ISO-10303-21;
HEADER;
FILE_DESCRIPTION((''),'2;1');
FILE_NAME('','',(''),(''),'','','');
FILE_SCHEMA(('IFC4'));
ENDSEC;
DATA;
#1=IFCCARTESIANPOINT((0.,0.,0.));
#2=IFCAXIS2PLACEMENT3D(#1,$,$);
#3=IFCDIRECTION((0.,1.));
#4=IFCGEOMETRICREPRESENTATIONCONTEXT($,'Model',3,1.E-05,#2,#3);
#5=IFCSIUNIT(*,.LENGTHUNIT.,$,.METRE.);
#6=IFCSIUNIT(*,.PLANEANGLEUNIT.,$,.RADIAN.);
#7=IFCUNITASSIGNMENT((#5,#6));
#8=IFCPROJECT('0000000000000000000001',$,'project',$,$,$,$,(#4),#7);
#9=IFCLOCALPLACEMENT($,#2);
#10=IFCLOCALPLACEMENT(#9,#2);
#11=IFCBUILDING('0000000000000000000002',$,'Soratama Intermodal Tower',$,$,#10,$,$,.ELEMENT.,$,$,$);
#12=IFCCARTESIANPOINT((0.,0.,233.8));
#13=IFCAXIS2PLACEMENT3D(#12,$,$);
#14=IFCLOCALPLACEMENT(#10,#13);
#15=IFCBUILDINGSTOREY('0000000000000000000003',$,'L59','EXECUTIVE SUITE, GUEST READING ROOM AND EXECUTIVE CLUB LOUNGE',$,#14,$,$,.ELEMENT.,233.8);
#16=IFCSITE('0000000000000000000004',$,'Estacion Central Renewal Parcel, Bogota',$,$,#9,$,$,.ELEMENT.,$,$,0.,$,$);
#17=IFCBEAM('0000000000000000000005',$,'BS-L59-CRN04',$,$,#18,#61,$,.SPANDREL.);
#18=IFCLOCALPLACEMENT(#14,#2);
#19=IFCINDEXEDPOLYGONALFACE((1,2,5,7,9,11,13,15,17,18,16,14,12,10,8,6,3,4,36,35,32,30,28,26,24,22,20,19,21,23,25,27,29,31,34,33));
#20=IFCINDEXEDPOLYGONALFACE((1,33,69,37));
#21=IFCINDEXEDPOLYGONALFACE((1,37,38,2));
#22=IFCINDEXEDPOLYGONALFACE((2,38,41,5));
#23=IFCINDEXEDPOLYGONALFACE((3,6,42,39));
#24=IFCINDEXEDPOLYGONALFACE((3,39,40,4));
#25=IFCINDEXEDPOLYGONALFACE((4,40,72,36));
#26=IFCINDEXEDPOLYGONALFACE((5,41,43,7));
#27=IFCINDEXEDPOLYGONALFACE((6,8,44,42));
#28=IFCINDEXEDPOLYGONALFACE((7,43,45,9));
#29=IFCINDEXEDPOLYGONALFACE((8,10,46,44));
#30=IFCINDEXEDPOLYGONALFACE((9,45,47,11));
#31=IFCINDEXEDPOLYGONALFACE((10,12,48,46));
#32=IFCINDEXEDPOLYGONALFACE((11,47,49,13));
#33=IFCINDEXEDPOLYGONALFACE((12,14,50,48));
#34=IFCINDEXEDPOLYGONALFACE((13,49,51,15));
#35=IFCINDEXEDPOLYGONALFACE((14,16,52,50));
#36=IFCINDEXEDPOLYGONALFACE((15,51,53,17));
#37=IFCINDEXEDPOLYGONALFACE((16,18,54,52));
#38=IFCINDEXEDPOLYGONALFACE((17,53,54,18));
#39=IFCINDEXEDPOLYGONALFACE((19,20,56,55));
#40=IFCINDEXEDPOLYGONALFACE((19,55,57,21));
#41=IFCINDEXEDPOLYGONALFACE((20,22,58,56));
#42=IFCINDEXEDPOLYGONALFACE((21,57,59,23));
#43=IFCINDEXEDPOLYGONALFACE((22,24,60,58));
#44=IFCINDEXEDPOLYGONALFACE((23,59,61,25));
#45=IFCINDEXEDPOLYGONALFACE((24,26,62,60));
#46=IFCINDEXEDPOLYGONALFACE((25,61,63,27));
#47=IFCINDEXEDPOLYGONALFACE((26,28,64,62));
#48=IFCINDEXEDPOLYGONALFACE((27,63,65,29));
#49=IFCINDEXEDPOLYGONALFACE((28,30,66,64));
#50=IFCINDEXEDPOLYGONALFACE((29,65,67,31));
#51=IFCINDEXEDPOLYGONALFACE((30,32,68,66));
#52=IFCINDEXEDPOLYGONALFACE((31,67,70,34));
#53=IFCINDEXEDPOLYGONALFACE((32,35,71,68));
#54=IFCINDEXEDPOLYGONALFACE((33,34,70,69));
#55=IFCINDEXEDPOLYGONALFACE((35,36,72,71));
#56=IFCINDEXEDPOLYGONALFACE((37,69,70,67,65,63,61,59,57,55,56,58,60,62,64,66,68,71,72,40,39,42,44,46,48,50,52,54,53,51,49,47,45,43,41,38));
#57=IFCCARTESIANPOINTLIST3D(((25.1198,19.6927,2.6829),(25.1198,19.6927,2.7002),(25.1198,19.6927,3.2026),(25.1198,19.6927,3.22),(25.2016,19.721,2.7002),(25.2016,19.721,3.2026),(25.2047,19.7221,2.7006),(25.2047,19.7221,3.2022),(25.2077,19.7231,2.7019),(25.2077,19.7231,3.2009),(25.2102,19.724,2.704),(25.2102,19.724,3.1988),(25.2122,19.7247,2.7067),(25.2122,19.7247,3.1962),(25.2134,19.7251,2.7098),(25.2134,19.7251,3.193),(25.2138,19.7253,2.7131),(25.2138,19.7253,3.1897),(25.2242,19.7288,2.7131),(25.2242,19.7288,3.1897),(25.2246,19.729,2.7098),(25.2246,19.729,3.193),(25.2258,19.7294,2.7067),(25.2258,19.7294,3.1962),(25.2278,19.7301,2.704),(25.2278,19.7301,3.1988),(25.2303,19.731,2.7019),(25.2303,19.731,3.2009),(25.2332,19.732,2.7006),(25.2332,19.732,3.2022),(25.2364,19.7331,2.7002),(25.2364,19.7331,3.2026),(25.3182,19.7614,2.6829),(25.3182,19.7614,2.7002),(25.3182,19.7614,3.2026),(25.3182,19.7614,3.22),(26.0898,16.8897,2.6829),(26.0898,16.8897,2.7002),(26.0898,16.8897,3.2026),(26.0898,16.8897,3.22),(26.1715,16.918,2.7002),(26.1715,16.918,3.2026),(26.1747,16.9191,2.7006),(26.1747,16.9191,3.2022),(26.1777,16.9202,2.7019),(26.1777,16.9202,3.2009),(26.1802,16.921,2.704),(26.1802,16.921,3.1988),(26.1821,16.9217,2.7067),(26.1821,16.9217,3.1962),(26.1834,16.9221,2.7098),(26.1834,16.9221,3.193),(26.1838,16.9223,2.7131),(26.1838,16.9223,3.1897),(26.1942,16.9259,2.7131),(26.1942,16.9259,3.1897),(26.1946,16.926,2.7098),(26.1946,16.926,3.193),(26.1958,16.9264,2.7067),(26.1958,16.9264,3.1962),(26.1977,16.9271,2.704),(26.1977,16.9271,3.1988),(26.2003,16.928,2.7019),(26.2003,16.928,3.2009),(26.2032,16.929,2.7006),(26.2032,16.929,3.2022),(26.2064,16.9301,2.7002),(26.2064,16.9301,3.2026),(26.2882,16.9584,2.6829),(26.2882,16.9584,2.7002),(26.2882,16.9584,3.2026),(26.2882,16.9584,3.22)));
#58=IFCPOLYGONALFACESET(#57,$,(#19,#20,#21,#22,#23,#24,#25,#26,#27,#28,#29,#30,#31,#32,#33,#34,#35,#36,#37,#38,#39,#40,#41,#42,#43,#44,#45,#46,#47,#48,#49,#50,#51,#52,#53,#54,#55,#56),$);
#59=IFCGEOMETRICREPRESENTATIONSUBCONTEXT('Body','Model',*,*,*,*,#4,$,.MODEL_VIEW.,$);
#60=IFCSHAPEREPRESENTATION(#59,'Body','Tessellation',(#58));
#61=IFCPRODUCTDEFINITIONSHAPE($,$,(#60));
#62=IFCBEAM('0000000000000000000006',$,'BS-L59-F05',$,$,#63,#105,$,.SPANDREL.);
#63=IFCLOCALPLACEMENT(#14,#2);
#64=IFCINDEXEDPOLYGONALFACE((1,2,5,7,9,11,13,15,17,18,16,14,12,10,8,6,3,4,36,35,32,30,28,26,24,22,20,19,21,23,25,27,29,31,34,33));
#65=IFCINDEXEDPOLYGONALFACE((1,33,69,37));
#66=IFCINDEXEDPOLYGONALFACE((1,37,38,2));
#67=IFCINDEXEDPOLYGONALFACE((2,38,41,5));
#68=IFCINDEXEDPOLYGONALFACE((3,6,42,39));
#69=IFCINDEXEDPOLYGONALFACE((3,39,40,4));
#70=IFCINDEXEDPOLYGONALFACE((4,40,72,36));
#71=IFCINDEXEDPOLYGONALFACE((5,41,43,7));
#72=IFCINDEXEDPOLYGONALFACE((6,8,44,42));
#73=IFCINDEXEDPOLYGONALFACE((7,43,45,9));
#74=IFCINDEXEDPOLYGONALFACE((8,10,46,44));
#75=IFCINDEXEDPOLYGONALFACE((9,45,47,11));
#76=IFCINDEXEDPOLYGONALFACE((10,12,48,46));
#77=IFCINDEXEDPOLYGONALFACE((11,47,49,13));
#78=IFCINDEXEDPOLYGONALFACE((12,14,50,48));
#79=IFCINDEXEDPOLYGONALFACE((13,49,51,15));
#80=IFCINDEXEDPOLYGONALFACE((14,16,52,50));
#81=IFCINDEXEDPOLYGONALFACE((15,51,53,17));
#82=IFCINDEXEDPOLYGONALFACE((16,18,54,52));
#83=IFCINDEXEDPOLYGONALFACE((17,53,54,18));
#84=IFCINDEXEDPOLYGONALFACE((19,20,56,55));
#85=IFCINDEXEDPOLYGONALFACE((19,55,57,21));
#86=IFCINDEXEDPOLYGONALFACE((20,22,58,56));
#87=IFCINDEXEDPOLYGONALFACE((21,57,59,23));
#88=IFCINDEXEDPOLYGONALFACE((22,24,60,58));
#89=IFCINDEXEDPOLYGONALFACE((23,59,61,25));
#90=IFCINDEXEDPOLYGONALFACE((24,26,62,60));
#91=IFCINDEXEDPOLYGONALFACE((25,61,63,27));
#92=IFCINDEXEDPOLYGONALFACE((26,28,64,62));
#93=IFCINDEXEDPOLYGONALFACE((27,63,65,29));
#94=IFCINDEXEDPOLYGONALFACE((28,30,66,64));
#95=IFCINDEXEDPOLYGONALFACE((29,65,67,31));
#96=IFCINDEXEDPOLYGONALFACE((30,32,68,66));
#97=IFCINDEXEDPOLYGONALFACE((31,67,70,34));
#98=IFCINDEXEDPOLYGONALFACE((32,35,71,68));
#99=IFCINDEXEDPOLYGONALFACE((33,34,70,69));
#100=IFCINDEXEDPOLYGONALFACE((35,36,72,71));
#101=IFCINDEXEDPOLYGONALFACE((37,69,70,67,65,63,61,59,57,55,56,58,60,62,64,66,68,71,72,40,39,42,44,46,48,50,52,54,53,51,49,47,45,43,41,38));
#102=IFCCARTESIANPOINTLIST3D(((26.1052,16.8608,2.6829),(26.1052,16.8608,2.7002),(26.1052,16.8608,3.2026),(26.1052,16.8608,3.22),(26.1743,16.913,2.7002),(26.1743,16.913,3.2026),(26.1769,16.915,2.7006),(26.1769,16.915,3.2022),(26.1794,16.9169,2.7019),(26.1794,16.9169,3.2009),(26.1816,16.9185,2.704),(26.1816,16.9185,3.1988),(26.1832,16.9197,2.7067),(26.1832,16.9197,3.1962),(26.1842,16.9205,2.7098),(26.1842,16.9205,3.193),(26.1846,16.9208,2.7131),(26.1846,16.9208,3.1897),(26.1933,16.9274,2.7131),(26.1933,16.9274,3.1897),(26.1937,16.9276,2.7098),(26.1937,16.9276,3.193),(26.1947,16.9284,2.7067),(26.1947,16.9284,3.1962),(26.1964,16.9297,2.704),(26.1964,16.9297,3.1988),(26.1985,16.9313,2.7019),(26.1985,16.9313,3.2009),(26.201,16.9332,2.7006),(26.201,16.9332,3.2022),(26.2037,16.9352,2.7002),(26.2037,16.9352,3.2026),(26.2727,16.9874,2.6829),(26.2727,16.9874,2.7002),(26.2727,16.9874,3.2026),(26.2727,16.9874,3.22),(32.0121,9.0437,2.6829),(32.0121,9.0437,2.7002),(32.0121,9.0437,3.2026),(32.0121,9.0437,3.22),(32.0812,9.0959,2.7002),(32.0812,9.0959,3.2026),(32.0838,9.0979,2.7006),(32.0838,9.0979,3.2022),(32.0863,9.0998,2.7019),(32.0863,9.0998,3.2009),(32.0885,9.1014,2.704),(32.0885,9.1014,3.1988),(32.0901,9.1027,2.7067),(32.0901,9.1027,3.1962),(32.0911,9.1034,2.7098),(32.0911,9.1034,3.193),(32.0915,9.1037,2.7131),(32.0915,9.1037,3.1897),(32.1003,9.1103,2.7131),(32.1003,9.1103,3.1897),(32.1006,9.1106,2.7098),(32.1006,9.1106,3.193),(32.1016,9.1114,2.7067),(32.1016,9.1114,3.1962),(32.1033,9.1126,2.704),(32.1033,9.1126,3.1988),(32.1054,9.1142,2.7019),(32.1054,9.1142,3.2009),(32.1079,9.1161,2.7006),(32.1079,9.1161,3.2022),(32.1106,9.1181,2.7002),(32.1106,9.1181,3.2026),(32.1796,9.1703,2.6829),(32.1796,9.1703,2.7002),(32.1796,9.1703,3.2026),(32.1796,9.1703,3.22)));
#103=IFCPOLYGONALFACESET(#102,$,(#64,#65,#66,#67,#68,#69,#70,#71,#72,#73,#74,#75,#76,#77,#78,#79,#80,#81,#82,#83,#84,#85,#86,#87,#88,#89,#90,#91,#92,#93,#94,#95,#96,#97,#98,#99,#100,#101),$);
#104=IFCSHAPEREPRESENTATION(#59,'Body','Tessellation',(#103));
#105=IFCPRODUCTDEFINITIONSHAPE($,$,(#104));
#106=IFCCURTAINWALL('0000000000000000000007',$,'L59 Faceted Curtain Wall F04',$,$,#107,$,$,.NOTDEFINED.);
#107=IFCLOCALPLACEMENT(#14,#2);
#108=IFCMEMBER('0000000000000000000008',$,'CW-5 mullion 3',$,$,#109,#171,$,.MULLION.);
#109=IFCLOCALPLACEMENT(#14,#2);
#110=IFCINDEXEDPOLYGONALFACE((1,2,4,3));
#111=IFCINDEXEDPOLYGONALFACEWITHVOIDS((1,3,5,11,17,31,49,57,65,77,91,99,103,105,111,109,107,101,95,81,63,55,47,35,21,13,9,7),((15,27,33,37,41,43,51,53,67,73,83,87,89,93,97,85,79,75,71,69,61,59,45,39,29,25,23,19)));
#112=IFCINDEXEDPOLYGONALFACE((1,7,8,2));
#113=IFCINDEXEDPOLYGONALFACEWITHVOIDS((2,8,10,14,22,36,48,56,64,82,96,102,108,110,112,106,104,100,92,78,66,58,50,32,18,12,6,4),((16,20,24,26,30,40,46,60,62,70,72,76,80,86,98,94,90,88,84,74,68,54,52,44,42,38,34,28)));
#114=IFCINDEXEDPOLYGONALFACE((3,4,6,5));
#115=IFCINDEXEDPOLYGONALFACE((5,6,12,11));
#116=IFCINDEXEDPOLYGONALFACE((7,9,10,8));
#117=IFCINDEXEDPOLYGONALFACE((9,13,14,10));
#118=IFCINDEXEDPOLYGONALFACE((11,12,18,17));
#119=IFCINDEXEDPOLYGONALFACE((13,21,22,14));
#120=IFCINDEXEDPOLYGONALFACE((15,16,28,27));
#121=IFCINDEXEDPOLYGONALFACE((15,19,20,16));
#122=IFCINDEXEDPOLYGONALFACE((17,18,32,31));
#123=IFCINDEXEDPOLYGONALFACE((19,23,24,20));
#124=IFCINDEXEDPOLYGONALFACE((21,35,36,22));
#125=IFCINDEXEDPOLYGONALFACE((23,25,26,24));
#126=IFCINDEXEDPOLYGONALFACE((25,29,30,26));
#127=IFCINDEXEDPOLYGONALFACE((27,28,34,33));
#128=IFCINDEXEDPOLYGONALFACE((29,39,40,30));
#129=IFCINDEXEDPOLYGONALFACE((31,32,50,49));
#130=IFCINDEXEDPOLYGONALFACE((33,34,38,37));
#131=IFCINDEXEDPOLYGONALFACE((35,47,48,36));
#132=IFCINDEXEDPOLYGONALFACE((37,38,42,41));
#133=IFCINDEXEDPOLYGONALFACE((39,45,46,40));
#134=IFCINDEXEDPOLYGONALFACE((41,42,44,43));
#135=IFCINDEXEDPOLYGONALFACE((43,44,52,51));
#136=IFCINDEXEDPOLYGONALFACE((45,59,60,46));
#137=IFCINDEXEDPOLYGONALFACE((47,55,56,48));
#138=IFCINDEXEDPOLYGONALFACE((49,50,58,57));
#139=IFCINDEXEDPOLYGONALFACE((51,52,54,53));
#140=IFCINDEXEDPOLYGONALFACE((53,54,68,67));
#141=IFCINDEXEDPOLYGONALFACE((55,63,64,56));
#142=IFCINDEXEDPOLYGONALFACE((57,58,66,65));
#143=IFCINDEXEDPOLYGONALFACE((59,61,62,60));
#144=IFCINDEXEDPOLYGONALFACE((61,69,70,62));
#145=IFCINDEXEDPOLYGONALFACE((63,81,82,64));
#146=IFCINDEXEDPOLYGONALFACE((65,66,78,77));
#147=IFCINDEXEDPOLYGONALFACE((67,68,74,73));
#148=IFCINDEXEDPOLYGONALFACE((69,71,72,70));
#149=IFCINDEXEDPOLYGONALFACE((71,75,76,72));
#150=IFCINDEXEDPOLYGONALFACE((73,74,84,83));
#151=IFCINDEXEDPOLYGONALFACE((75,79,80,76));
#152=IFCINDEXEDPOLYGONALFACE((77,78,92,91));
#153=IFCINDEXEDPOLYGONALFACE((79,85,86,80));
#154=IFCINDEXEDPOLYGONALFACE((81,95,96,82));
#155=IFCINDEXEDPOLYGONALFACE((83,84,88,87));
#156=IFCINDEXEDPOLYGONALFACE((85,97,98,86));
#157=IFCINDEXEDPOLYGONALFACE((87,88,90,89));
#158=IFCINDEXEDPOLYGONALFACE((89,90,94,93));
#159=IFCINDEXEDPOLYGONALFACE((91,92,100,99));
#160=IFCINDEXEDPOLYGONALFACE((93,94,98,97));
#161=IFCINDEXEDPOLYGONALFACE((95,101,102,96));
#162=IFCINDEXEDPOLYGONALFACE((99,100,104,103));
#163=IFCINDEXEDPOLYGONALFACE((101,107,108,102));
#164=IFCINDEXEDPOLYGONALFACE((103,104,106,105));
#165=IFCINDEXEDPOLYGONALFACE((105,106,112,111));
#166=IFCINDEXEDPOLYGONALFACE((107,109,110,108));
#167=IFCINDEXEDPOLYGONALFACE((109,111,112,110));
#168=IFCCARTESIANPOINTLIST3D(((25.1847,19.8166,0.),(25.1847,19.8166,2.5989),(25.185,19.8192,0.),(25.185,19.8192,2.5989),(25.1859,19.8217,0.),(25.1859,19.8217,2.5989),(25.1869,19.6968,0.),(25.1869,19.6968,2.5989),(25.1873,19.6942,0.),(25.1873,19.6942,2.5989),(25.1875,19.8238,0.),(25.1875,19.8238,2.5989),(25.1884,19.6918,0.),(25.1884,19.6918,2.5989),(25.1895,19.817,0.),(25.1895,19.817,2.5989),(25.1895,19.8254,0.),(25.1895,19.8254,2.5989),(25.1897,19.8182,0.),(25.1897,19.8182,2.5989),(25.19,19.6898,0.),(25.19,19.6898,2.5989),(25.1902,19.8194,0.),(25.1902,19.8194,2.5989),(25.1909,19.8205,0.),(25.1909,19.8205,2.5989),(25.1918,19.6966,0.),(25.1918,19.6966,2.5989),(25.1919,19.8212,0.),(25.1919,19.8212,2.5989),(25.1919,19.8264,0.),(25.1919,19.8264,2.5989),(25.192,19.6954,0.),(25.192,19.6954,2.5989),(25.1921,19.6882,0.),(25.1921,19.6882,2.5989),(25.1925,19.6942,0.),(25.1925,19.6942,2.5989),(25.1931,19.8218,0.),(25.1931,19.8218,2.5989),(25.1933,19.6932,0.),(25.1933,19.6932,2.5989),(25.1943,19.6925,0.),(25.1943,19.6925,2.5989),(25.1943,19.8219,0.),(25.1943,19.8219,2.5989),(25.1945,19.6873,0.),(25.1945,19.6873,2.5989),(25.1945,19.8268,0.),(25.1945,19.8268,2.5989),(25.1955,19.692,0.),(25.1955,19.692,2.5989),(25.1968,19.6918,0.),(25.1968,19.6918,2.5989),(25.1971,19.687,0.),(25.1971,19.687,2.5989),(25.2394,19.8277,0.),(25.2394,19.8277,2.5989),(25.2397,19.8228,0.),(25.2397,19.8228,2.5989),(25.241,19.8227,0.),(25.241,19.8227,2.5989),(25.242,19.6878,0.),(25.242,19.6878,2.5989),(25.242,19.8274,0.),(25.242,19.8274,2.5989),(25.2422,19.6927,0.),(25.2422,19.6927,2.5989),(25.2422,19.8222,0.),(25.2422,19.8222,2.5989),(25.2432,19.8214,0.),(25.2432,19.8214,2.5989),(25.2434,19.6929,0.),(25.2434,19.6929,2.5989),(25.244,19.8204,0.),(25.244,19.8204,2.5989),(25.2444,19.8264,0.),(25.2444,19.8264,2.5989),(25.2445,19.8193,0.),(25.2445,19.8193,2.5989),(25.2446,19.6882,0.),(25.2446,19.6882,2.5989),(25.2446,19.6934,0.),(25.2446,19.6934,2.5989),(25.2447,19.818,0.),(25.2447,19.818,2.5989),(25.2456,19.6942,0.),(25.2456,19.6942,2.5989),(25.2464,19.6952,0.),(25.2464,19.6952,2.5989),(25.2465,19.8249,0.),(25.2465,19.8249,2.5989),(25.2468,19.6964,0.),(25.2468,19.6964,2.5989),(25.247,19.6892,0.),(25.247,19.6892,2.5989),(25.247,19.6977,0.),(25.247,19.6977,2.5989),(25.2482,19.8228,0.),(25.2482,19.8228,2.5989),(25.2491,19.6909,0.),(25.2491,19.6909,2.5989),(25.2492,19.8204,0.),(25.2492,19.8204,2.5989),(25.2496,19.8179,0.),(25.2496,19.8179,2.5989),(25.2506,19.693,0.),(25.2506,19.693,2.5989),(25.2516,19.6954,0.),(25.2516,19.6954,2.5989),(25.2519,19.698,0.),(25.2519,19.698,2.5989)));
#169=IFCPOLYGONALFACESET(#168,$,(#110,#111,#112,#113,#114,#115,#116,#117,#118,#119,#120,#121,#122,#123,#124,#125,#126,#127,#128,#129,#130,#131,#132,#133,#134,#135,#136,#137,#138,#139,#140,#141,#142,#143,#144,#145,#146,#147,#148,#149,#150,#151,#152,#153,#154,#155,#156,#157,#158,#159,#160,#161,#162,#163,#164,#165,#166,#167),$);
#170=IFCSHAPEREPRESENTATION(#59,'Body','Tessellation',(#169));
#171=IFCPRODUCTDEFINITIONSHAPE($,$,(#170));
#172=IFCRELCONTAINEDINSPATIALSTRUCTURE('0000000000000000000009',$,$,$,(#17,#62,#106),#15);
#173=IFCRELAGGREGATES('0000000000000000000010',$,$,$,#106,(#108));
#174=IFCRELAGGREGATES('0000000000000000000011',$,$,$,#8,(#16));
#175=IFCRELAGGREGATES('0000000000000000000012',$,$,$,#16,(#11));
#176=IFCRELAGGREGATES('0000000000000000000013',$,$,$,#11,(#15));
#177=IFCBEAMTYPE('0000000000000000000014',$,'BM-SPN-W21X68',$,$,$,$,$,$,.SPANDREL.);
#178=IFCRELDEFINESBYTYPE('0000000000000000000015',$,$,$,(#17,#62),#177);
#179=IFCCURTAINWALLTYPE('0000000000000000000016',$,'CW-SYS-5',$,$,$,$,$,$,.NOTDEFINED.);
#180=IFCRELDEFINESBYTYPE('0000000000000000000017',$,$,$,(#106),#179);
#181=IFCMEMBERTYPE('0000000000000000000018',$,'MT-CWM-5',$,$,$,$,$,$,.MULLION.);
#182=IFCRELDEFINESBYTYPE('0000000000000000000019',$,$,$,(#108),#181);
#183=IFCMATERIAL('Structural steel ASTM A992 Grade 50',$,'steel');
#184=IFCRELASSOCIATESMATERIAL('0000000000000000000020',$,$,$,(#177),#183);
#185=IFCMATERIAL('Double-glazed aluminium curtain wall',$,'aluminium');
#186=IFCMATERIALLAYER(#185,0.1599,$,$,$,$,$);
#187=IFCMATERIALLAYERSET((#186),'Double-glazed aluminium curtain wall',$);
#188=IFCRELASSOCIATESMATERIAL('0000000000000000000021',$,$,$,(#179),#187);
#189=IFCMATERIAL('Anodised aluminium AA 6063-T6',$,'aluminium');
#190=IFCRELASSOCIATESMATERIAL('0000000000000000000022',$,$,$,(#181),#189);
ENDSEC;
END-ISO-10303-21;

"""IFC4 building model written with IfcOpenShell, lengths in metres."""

from ifc_helpers import new_model, si_unit, direction, frame, origin, origin_2d, place, context, subcontext, project, spatial, hollow_rectangle, i_section, extrude, material, layer, layer_set, material_profile, profile_set, type_object, element, aggregate, save


model = new_model("IFC4")

# Units and contexts
model_context = context("Model", 3, precision=1e-05, world=origin(), true_north=direction((0.0, 1.0)))
body_context = subcontext(model_context, "Body", "Model", "MODEL_VIEW")
ifc_project = project(units=[si_unit("LENGTHUNIT", "METRE"), si_unit("PLANEANGLEUNIT", "RADIAN")], contexts=[model_context])

# Site, building, storey
site_placement = place(None, origin())
site = spatial("IfcSite", under=ifc_project, at=site_placement, Name="Estacion Central Renewal Parcel, Bogota", CompositionType="ELEMENT", RefElevation=0.0)
building_placement = place(site_placement, origin())
building = spatial("IfcBuilding", under=site, at=building_placement, Name="Soratama Intermodal Tower", CompositionType="ELEMENT")
storey_placement = place(building_placement, frame((0.0, 0.0, 233.8)))
storey = spatial("IfcBuildingStorey", under=building, at=storey_placement, Name="L59", Description="EXECUTIVE SUITE, GUEST READING ROOM AND EXECUTIVE CLUB LOUNGE", CompositionType="ELEMENT", Elevation=233.8)

# Beams
ifc_material_1 = material(Name="Structural steel ASTM A992 Grade 50", Category="steel")
ifc_material_profile_1 = material_profile(ifc_material_1, i_section(OverallWidth=0.21, OverallDepth=0.5371, WebThickness=0.011, FlangeThickness=0.0173, FilletRadius=0.0129, at=origin_2d()), Name="W21X68")
ifc_profile_set_1 = profile_set([ifc_material_profile_1], Name="Structural steel ASTM A992 Grade 50")
beam_type = type_object("IfcBeamType", Name="BM-SPN-W21X68", PredefinedType="SPANDREL", material=ifc_profile_set_1)
beam_1_placement = place(storey_placement, frame((25.219, 19.7271, 2.9514), z_axis=(0.327023, -0.945016, 0.0), x_axis=(0.945016, 0.327023, 0.0)))
element("IfcBeam", 1, at=beam_1_placement, inside=storey, type_object=beam_type, Name="BS-L59-CRN04", PredefinedType="SPANDREL", context=body_context, shape_type="SweptSolid", body=[
    extrude(i_section(OverallWidth=0.21, OverallDepth=0.5371, WebThickness=0.011, FlangeThickness=0.0173, FilletRadius=0.0129, at=origin_2d()), origin(), (0.0, 0.0, 1.0), 2.9661),
])
beam_2_placement = place(storey_placement, frame((26.189, 16.9241, 2.9514), z_axis=(0.602879, -0.797833, 0.0), x_axis=(0.797833, 0.602879, 0.0)))
element("IfcBeam", 2, at=beam_2_placement, inside=storey, type_object=beam_type, Name="BS-L59-F05", PredefinedType="SPANDREL", context=body_context, shape_type="SweptSolid", body=[
    extrude(i_section(OverallWidth=0.21, OverallDepth=0.5371, WebThickness=0.011, FlangeThickness=0.0173, FilletRadius=0.0129, at=origin_2d()), origin(), (0.0, 0.0, 1.0), 9.7979),
])

# Curtain wall, member
ifc_material_2 = material(Name="Double-glazed aluminium curtain wall", Category="aluminium")
ifc_layer_1 = layer(ifc_material_2, 0.1599)
ifc_layer_set_1 = layer_set([ifc_layer_1], Name="Double-glazed aluminium curtain wall")
curtain_wall_type = type_object("IfcCurtainWallType", Name="CW-SYS-5", PredefinedType="NOTDEFINED", material=ifc_layer_set_1)
curtain_wall_1_placement = place(storey_placement, origin())
curtain_wall_1 = element("IfcCurtainWall", 3, at=curtain_wall_1_placement, inside=storey, type_object=curtain_wall_type, Name="L59 Faceted Curtain Wall F04", PredefinedType="NOTDEFINED")
ifc_material_3 = material(Name="Anodised aluminium AA 6063-T6", Category="aluminium")
ifc_material_profile_2 = material_profile(ifc_material_3, hollow_rectangle(XDim=0.0649, YDim=0.1399, WallThickness=0.0049, InnerFilletRadius=0.0049, OuterFilletRadius=0.01, at=origin_2d()), Name="CWM140X65X5")
ifc_profile_set_2 = profile_set([ifc_material_profile_2], Name="Anodised aluminium AA 6063-T6")
member_type_1 = type_object("IfcMemberType", Name="MT-CWM-5", PredefinedType="MULLION", material=ifc_profile_set_2)
member_1_placement = place(storey_placement, frame((25.2183, 19.7573, 0.0), z_axis=(0.0, 0.0, 1.0), x_axis=(0.999822, 0.018851, 0.0)))
member_1 = element("IfcMember", 4, at=member_1_placement, type_object=member_type_1, Name="CW-5 mullion 3", PredefinedType="MULLION", context=body_context, shape_type="SweptSolid", body=[
    extrude(hollow_rectangle(XDim=0.0649, YDim=0.1399, WallThickness=0.0049, InnerFilletRadius=0.0049, OuterFilletRadius=0.01, at=origin_2d()), origin(), (0.0, 0.0, 1.0), 2.5989),
])

aggregate(curtain_wall_1, [member_1])

save(model, "model.ifc")
